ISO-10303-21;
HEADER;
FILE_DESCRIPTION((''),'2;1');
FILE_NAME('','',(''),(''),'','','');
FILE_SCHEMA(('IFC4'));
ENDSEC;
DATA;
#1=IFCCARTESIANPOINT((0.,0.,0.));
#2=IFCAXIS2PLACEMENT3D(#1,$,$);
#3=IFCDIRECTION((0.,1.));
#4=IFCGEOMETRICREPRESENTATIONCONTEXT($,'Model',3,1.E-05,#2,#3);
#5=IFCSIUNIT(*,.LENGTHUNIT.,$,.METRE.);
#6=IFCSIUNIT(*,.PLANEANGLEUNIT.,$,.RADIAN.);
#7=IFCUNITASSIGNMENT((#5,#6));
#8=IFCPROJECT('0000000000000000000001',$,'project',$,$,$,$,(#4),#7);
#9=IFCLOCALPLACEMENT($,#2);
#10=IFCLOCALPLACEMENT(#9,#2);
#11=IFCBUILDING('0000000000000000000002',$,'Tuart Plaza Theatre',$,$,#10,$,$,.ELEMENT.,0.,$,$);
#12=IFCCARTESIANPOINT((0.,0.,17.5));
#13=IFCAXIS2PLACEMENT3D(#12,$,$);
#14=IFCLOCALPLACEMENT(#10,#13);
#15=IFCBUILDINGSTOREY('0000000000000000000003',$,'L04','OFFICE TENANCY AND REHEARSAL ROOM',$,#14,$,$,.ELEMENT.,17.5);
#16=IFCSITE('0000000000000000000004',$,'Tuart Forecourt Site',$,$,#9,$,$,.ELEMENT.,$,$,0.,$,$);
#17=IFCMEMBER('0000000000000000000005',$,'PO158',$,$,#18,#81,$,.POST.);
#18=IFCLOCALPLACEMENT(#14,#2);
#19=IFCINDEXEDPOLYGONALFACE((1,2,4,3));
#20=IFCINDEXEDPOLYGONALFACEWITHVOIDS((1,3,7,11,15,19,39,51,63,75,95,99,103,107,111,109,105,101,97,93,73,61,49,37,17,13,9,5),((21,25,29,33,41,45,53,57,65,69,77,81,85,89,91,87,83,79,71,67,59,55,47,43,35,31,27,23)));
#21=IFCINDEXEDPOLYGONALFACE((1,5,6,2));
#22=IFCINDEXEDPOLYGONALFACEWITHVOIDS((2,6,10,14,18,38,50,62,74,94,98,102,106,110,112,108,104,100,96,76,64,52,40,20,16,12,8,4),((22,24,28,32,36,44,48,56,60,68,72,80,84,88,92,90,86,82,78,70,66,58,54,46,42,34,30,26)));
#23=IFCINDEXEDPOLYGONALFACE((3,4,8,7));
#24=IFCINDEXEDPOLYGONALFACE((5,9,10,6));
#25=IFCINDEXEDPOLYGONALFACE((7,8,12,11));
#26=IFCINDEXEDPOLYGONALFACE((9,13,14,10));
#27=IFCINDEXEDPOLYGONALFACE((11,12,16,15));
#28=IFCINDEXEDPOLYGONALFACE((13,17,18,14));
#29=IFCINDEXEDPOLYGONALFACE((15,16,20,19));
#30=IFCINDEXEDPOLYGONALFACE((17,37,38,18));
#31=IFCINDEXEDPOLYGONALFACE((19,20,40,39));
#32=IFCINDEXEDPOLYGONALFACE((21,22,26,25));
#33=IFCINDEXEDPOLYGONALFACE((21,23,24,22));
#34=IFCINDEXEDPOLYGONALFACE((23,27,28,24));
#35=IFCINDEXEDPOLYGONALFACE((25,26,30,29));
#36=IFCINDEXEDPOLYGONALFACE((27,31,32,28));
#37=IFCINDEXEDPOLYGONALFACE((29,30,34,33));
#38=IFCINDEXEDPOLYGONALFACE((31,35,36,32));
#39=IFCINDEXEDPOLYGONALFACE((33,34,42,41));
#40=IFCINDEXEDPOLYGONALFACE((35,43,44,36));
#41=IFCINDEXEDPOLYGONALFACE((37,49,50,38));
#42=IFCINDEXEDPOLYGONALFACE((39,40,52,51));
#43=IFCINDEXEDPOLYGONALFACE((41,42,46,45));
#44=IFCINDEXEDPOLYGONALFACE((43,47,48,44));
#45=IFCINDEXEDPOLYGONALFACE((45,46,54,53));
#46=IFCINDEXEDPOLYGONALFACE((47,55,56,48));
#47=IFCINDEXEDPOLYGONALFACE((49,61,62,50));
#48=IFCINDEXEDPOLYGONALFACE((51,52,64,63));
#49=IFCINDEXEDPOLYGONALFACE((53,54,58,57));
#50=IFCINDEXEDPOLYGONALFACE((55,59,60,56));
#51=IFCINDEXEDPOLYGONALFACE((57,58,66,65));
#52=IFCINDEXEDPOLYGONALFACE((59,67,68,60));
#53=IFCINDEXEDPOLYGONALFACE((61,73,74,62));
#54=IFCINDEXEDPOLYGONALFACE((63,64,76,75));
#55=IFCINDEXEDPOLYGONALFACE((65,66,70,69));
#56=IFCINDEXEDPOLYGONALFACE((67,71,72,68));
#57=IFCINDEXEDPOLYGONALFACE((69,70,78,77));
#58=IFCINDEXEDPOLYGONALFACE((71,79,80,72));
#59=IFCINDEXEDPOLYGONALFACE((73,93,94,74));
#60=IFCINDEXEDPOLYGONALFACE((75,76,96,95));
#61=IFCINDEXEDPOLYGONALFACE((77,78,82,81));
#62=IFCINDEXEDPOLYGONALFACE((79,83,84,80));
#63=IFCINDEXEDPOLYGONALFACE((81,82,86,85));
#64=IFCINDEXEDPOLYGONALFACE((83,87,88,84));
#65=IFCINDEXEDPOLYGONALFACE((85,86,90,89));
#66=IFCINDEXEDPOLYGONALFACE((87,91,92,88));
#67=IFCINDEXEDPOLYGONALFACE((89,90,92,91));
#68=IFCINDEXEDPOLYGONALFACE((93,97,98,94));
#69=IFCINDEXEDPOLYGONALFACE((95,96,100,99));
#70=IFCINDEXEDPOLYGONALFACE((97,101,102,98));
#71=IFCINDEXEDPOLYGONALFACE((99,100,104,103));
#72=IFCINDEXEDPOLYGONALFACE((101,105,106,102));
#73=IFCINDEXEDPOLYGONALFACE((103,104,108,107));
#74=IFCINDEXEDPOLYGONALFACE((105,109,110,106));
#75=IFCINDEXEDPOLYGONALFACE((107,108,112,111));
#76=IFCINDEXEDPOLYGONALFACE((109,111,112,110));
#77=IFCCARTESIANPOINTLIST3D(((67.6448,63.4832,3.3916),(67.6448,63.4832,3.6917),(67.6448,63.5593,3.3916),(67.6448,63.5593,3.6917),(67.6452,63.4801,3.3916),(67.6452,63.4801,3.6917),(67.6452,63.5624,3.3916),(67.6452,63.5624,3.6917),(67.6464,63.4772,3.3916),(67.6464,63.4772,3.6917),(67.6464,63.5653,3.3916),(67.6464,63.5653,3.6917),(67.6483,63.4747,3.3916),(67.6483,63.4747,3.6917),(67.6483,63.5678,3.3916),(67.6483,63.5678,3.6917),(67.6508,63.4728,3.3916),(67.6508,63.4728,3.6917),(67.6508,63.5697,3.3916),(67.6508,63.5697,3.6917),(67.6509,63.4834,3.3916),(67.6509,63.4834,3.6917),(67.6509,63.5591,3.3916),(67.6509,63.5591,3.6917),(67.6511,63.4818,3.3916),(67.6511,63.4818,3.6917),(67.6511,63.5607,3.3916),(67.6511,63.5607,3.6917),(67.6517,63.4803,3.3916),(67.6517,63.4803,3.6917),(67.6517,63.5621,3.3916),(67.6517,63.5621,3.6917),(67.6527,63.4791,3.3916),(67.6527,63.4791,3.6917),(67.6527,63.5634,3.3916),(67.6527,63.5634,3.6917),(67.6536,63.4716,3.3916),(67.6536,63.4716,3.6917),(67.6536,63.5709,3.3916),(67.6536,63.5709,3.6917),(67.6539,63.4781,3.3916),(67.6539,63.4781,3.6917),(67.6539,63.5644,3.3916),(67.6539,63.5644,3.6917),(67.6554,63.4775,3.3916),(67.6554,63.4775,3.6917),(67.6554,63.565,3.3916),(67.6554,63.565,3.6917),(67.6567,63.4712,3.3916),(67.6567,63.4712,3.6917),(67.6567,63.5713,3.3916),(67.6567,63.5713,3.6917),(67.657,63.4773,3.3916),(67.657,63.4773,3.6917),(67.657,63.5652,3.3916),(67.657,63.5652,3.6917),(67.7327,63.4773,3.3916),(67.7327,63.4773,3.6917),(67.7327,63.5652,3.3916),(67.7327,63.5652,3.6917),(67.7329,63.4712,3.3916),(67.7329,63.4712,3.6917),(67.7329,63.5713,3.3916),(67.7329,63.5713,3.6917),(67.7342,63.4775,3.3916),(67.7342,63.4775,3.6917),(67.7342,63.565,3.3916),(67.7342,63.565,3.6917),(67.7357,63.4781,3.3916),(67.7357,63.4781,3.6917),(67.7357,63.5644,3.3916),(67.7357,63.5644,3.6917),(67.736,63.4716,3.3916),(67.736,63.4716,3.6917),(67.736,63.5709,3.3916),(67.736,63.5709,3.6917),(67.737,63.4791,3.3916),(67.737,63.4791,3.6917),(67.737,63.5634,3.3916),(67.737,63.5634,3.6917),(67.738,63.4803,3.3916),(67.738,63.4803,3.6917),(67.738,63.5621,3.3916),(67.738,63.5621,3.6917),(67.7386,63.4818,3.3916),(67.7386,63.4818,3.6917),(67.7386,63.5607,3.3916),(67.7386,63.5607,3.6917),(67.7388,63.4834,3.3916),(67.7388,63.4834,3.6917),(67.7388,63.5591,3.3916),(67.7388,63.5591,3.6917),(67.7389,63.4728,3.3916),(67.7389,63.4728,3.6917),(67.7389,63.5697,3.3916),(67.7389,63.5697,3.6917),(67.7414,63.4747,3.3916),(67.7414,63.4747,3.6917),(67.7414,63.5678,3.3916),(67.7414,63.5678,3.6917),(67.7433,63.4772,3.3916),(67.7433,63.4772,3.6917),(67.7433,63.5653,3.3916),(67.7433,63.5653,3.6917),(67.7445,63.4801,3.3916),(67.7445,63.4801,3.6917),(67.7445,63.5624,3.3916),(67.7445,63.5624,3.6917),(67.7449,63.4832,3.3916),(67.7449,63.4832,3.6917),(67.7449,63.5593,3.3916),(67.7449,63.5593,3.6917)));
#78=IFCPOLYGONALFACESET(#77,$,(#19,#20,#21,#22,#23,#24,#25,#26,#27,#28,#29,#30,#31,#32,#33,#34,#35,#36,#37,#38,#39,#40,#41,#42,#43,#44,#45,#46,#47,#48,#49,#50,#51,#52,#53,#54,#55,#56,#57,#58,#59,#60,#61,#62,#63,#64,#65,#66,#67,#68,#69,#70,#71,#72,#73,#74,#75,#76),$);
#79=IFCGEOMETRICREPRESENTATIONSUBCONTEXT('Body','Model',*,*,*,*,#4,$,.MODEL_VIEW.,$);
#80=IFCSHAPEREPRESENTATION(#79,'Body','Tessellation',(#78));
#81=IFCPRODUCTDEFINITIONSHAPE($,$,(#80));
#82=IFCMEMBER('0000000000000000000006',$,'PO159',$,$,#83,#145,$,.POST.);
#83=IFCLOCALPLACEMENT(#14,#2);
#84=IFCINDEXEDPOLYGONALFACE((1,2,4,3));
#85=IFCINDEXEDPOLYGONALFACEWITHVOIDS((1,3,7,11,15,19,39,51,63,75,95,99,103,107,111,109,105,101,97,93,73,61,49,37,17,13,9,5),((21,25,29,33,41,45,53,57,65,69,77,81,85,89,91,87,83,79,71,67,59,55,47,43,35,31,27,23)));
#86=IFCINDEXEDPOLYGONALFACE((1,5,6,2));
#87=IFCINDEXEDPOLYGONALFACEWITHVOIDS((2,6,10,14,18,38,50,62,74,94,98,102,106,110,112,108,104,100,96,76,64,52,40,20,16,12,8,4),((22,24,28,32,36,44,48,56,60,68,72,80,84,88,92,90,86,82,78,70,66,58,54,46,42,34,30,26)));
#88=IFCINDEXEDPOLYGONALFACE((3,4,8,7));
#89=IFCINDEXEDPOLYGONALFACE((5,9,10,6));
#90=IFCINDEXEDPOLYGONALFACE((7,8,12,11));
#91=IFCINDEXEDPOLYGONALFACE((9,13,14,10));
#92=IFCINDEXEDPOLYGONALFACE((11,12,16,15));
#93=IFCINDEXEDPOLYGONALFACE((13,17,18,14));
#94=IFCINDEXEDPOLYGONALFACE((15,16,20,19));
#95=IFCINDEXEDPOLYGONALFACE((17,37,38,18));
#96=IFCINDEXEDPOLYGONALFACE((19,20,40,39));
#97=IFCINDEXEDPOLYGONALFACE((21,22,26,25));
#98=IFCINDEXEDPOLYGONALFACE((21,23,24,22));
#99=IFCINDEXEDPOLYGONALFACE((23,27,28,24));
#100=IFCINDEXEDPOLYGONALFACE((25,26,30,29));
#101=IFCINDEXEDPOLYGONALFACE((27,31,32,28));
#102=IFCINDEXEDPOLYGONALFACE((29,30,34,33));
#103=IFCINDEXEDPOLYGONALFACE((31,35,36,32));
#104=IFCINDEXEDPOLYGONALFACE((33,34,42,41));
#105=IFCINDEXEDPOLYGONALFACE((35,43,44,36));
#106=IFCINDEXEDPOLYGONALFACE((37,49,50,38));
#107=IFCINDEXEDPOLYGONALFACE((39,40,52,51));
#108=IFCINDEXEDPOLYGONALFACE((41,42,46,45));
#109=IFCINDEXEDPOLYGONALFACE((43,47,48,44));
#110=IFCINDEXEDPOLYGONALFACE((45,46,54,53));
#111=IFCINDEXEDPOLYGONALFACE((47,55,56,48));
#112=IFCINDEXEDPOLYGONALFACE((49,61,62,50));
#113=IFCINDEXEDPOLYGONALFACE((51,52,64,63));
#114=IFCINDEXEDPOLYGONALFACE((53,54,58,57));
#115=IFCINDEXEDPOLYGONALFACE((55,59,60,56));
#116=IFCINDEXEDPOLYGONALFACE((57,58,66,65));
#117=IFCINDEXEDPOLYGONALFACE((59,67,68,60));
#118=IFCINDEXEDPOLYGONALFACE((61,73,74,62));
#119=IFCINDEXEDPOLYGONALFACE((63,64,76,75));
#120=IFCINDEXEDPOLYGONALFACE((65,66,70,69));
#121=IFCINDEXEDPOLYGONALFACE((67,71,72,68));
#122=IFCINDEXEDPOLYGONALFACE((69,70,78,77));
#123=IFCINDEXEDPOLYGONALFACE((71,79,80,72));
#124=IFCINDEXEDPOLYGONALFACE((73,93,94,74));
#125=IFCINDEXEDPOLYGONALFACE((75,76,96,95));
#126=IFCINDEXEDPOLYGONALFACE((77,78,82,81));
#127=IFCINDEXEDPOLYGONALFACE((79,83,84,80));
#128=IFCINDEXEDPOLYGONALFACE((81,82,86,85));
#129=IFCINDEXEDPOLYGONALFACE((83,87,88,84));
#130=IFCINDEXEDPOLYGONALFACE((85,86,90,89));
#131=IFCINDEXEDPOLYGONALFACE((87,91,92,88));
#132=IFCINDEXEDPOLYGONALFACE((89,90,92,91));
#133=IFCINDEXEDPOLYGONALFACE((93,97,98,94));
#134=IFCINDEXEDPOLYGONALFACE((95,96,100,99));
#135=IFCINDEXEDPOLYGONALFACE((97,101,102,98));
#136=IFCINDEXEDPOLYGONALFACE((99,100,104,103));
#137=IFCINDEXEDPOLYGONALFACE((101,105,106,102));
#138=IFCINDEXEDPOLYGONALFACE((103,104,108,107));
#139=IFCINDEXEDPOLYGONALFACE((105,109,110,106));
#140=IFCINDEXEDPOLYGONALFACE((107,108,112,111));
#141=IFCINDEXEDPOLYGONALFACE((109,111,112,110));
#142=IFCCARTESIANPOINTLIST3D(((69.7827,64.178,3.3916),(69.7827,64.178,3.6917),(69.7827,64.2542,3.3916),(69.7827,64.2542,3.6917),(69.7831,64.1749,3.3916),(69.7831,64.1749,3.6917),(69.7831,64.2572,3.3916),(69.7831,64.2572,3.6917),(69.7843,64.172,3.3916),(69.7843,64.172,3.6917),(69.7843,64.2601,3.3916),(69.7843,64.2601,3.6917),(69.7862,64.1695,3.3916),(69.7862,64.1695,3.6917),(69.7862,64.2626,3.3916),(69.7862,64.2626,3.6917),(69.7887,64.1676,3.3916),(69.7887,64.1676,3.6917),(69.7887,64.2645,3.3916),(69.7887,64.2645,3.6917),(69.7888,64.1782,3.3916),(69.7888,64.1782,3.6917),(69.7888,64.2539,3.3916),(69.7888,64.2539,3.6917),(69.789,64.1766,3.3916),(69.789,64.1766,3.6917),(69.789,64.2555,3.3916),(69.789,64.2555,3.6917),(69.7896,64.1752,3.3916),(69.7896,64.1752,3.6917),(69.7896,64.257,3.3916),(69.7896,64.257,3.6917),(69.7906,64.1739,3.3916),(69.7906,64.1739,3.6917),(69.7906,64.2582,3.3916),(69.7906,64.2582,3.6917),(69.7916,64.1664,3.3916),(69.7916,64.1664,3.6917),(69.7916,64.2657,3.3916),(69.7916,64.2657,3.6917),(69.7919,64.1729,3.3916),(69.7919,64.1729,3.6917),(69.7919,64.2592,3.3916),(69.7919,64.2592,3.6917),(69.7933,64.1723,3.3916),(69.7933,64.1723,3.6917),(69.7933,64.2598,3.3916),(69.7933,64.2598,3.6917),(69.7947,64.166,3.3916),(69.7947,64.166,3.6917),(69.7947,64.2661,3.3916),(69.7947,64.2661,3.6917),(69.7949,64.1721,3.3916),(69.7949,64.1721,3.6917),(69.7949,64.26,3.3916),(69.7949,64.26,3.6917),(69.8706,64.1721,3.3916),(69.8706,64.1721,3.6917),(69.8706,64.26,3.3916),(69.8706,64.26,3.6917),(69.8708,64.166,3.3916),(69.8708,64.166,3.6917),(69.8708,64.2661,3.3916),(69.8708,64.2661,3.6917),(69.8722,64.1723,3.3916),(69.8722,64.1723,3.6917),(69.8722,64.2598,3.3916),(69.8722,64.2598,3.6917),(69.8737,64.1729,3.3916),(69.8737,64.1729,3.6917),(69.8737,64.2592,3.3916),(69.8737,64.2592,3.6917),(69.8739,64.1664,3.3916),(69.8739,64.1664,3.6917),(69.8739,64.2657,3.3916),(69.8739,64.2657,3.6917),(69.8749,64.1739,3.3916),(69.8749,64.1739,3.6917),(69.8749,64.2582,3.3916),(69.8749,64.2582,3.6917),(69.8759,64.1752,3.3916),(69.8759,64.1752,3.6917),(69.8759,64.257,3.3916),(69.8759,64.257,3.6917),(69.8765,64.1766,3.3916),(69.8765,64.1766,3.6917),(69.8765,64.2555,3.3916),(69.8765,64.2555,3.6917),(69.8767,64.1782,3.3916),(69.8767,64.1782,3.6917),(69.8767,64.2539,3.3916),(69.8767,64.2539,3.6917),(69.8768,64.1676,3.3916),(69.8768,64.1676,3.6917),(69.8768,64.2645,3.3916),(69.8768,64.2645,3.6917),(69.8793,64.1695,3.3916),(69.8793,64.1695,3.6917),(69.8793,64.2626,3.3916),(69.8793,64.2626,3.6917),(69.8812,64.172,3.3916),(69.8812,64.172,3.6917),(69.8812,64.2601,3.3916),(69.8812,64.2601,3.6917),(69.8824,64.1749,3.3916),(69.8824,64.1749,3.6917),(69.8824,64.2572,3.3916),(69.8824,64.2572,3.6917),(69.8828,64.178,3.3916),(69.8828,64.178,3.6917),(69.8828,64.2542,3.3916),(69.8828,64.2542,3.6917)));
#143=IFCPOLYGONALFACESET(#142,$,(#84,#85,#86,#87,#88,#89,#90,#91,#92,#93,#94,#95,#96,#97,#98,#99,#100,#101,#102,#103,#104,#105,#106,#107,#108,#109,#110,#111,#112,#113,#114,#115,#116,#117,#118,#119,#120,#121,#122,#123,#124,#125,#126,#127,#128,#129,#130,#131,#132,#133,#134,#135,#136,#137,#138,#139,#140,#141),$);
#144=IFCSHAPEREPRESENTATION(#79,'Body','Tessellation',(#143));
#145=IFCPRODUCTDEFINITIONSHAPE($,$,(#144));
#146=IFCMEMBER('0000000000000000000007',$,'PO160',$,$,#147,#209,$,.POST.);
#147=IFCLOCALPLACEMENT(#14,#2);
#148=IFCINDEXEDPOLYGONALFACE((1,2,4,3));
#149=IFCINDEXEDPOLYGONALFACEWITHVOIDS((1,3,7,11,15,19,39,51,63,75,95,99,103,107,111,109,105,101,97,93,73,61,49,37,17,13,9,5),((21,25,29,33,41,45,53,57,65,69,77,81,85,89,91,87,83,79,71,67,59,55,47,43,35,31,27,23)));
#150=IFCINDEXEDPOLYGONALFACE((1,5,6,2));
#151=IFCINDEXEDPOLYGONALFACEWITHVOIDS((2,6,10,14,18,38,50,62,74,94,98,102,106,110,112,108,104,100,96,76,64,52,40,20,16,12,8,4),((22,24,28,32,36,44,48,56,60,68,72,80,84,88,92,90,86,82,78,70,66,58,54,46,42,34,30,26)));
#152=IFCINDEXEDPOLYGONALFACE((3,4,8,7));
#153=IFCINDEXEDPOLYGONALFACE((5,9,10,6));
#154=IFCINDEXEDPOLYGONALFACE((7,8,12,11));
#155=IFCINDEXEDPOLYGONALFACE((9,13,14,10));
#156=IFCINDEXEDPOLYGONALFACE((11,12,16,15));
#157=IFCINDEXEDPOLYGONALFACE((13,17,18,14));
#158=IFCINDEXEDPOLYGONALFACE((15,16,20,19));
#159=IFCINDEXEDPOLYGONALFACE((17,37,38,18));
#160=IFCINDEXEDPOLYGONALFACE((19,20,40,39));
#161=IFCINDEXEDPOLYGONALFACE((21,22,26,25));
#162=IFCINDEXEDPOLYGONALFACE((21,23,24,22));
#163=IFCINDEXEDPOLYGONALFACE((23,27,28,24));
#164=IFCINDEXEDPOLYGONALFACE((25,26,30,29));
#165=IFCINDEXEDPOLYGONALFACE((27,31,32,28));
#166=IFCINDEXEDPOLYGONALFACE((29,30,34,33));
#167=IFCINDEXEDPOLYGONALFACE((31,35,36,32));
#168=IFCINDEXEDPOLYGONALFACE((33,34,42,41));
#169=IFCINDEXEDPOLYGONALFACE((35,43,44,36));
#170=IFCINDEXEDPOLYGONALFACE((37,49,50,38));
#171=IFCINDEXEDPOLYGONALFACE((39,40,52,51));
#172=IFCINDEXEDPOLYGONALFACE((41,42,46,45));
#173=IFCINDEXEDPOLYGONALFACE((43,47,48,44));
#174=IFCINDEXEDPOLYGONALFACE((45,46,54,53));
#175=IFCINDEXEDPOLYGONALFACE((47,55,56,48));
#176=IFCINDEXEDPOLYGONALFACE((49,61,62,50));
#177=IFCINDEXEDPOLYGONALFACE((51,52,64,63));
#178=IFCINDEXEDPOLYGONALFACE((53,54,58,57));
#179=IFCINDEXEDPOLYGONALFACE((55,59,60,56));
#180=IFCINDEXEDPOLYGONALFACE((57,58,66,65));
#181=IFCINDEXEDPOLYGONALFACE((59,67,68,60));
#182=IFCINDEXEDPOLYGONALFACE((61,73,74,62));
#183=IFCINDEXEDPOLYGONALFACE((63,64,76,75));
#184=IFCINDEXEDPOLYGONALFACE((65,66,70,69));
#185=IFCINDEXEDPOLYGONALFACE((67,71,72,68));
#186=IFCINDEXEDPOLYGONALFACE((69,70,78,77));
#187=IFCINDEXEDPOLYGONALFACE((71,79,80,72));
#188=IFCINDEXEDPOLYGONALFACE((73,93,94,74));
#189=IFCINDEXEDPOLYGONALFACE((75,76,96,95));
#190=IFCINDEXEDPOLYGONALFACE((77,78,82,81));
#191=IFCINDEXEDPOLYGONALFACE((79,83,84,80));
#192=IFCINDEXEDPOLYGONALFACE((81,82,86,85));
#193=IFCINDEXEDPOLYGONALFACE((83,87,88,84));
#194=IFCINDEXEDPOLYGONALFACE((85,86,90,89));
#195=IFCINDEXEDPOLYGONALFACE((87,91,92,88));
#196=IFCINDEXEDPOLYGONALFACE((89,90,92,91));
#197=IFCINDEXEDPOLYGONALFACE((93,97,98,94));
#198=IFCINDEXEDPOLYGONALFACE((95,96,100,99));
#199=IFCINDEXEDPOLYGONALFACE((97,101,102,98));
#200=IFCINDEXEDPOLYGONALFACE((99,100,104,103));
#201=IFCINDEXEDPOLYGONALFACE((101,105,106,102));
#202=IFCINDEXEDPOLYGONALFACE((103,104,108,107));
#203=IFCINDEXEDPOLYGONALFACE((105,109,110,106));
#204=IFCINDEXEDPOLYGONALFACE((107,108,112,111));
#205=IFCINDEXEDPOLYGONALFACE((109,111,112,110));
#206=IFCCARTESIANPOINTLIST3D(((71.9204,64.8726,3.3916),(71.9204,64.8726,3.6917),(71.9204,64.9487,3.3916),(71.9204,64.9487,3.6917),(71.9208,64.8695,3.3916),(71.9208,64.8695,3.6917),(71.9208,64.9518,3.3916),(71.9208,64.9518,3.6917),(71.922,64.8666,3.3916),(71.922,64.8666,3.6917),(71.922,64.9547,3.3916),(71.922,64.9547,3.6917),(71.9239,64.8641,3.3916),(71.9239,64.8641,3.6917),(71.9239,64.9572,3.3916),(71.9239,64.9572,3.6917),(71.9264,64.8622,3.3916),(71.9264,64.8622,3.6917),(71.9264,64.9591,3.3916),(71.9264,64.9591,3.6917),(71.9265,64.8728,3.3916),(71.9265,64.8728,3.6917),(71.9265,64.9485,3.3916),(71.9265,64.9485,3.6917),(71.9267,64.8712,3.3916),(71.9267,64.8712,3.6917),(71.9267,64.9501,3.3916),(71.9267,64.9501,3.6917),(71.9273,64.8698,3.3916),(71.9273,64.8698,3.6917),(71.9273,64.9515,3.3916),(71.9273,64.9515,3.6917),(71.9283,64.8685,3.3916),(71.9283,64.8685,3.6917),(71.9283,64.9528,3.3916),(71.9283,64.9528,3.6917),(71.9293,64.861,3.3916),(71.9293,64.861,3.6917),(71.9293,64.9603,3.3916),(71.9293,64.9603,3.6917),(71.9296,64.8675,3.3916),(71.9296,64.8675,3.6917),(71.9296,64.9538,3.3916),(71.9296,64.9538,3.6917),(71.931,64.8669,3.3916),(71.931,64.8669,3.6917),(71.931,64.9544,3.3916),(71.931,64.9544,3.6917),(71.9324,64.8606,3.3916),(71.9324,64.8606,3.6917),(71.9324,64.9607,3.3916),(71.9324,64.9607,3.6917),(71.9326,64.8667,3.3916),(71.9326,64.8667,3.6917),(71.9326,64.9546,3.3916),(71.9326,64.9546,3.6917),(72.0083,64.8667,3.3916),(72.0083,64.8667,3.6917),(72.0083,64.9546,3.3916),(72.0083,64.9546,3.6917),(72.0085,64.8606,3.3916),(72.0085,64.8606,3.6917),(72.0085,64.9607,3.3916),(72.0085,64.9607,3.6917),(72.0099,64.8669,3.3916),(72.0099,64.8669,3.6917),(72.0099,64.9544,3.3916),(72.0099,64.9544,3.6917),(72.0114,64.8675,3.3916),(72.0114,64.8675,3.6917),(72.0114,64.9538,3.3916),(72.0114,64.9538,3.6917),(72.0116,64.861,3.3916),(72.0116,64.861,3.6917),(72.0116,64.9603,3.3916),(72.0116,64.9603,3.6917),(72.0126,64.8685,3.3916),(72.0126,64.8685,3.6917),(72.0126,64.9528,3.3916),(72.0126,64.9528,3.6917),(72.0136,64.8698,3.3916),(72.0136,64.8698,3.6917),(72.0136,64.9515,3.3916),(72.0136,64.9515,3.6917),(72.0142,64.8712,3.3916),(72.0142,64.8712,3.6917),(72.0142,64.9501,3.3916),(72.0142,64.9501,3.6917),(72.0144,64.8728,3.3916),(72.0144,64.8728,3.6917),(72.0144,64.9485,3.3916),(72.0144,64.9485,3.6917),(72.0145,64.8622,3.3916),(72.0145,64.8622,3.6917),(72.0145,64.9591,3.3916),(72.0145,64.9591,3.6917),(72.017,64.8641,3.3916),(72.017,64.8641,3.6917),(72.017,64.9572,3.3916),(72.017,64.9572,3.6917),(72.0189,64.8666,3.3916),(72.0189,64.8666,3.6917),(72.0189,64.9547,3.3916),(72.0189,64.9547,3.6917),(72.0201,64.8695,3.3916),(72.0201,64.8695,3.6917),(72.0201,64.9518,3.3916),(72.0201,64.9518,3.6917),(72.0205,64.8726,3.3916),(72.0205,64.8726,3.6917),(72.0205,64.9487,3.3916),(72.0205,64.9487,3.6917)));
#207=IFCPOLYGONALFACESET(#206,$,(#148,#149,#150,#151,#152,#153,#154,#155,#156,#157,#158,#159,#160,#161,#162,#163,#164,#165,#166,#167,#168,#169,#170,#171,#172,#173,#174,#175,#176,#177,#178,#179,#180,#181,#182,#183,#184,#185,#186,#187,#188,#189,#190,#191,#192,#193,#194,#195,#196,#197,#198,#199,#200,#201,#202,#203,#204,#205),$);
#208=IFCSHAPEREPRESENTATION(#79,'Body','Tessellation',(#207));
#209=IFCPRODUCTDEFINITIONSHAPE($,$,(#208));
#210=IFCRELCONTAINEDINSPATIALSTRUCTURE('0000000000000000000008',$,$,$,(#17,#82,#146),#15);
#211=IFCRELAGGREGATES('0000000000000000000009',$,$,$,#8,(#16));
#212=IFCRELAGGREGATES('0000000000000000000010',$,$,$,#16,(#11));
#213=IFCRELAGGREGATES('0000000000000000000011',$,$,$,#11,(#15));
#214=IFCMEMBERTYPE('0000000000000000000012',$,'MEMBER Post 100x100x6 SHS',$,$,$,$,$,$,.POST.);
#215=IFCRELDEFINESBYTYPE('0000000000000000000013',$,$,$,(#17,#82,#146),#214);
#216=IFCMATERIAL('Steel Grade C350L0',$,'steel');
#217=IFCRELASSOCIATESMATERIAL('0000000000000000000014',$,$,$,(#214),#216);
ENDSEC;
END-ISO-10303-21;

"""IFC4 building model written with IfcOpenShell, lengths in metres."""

from ifc_helpers import new_model, si_unit, direction, frame, origin, origin_2d, place, context, subcontext, project, spatial, hollow_rectangle, extrude, material, material_profile, profile_set, type_object, element, save


model = new_model("IFC4")

# Units and contexts
model_context = context("Model", 3, precision=1e-05, world=origin(), true_north=direction((0.0, 1.0)))
body_context = subcontext(model_context, "Body", "Model", "MODEL_VIEW")
ifc_project = project(units=[si_unit("LENGTHUNIT", "METRE"), si_unit("PLANEANGLEUNIT", "RADIAN")], contexts=[model_context])

# Site, building, storey
site_placement = place(None, origin())
site = spatial("IfcSite", under=ifc_project, at=site_placement, Name="Tuart Forecourt Site", CompositionType="ELEMENT", RefElevation=0.0)
building_placement = place(site_placement, origin())
building = spatial("IfcBuilding", under=site, at=building_placement, Name="Tuart Plaza Theatre", CompositionType="ELEMENT", ElevationOfRefHeight=0.0)
storey_placement = place(building_placement, frame((0.0, 0.0, 17.5)))
storey = spatial("IfcBuildingStorey", under=building, at=storey_placement, Name="L04", Description="OFFICE TENANCY AND REHEARSAL ROOM", CompositionType="ELEMENT", Elevation=17.5)

# Members
ifc_material_1 = material(Name="Steel Grade C350L0", Category="steel")
ifc_material_profile_1 = material_profile(ifc_material_1, hollow_rectangle(XDim=0.1001, YDim=0.1001, WallThickness=0.0061, InnerFilletRadius=0.0061, OuterFilletRadius=0.012, at=origin_2d()), Name="100x100x6 SHS")
ifc_profile_set_1 = profile_set([ifc_material_profile_1], Name="Steel Grade C350L0")
member_type_1 = type_object("IfcMemberType", Name="MEMBER Post 100x100x6 SHS", PredefinedType="POST", material=ifc_profile_set_1)
for number, where, z_axis, x_axis, name in (
    (1, (67.6948, 63.5212, 3.3916), (0.0, 0.0, 1.0), (1.0, 0.0, 0.0), "PO158"),
    (2, (69.8328, 64.2161, 3.3916), (0.0, 0.0, 1.0), (1.0, 0.0, 0.0), "PO159"),
    (3, (71.9705, 64.9106, 3.3916), (0.0, 0.0, 1.0), (1.0, 0.0, 0.0), "PO160"),
):
    element("IfcMember", number, at=place(storey_placement, frame(where, z_axis=z_axis, x_axis=x_axis)), inside=storey, type_object=member_type_1, Name=name, PredefinedType="POST", context=body_context, shape_type="SweptSolid", body=[
        extrude(hollow_rectangle(XDim=0.1001, YDim=0.1001, WallThickness=0.0061, InnerFilletRadius=0.0061, OuterFilletRadius=0.012, at=origin_2d()), origin(), (0.0, 0.0, 1.0), 0.3),
    ])

save(model, "model.ifc")
